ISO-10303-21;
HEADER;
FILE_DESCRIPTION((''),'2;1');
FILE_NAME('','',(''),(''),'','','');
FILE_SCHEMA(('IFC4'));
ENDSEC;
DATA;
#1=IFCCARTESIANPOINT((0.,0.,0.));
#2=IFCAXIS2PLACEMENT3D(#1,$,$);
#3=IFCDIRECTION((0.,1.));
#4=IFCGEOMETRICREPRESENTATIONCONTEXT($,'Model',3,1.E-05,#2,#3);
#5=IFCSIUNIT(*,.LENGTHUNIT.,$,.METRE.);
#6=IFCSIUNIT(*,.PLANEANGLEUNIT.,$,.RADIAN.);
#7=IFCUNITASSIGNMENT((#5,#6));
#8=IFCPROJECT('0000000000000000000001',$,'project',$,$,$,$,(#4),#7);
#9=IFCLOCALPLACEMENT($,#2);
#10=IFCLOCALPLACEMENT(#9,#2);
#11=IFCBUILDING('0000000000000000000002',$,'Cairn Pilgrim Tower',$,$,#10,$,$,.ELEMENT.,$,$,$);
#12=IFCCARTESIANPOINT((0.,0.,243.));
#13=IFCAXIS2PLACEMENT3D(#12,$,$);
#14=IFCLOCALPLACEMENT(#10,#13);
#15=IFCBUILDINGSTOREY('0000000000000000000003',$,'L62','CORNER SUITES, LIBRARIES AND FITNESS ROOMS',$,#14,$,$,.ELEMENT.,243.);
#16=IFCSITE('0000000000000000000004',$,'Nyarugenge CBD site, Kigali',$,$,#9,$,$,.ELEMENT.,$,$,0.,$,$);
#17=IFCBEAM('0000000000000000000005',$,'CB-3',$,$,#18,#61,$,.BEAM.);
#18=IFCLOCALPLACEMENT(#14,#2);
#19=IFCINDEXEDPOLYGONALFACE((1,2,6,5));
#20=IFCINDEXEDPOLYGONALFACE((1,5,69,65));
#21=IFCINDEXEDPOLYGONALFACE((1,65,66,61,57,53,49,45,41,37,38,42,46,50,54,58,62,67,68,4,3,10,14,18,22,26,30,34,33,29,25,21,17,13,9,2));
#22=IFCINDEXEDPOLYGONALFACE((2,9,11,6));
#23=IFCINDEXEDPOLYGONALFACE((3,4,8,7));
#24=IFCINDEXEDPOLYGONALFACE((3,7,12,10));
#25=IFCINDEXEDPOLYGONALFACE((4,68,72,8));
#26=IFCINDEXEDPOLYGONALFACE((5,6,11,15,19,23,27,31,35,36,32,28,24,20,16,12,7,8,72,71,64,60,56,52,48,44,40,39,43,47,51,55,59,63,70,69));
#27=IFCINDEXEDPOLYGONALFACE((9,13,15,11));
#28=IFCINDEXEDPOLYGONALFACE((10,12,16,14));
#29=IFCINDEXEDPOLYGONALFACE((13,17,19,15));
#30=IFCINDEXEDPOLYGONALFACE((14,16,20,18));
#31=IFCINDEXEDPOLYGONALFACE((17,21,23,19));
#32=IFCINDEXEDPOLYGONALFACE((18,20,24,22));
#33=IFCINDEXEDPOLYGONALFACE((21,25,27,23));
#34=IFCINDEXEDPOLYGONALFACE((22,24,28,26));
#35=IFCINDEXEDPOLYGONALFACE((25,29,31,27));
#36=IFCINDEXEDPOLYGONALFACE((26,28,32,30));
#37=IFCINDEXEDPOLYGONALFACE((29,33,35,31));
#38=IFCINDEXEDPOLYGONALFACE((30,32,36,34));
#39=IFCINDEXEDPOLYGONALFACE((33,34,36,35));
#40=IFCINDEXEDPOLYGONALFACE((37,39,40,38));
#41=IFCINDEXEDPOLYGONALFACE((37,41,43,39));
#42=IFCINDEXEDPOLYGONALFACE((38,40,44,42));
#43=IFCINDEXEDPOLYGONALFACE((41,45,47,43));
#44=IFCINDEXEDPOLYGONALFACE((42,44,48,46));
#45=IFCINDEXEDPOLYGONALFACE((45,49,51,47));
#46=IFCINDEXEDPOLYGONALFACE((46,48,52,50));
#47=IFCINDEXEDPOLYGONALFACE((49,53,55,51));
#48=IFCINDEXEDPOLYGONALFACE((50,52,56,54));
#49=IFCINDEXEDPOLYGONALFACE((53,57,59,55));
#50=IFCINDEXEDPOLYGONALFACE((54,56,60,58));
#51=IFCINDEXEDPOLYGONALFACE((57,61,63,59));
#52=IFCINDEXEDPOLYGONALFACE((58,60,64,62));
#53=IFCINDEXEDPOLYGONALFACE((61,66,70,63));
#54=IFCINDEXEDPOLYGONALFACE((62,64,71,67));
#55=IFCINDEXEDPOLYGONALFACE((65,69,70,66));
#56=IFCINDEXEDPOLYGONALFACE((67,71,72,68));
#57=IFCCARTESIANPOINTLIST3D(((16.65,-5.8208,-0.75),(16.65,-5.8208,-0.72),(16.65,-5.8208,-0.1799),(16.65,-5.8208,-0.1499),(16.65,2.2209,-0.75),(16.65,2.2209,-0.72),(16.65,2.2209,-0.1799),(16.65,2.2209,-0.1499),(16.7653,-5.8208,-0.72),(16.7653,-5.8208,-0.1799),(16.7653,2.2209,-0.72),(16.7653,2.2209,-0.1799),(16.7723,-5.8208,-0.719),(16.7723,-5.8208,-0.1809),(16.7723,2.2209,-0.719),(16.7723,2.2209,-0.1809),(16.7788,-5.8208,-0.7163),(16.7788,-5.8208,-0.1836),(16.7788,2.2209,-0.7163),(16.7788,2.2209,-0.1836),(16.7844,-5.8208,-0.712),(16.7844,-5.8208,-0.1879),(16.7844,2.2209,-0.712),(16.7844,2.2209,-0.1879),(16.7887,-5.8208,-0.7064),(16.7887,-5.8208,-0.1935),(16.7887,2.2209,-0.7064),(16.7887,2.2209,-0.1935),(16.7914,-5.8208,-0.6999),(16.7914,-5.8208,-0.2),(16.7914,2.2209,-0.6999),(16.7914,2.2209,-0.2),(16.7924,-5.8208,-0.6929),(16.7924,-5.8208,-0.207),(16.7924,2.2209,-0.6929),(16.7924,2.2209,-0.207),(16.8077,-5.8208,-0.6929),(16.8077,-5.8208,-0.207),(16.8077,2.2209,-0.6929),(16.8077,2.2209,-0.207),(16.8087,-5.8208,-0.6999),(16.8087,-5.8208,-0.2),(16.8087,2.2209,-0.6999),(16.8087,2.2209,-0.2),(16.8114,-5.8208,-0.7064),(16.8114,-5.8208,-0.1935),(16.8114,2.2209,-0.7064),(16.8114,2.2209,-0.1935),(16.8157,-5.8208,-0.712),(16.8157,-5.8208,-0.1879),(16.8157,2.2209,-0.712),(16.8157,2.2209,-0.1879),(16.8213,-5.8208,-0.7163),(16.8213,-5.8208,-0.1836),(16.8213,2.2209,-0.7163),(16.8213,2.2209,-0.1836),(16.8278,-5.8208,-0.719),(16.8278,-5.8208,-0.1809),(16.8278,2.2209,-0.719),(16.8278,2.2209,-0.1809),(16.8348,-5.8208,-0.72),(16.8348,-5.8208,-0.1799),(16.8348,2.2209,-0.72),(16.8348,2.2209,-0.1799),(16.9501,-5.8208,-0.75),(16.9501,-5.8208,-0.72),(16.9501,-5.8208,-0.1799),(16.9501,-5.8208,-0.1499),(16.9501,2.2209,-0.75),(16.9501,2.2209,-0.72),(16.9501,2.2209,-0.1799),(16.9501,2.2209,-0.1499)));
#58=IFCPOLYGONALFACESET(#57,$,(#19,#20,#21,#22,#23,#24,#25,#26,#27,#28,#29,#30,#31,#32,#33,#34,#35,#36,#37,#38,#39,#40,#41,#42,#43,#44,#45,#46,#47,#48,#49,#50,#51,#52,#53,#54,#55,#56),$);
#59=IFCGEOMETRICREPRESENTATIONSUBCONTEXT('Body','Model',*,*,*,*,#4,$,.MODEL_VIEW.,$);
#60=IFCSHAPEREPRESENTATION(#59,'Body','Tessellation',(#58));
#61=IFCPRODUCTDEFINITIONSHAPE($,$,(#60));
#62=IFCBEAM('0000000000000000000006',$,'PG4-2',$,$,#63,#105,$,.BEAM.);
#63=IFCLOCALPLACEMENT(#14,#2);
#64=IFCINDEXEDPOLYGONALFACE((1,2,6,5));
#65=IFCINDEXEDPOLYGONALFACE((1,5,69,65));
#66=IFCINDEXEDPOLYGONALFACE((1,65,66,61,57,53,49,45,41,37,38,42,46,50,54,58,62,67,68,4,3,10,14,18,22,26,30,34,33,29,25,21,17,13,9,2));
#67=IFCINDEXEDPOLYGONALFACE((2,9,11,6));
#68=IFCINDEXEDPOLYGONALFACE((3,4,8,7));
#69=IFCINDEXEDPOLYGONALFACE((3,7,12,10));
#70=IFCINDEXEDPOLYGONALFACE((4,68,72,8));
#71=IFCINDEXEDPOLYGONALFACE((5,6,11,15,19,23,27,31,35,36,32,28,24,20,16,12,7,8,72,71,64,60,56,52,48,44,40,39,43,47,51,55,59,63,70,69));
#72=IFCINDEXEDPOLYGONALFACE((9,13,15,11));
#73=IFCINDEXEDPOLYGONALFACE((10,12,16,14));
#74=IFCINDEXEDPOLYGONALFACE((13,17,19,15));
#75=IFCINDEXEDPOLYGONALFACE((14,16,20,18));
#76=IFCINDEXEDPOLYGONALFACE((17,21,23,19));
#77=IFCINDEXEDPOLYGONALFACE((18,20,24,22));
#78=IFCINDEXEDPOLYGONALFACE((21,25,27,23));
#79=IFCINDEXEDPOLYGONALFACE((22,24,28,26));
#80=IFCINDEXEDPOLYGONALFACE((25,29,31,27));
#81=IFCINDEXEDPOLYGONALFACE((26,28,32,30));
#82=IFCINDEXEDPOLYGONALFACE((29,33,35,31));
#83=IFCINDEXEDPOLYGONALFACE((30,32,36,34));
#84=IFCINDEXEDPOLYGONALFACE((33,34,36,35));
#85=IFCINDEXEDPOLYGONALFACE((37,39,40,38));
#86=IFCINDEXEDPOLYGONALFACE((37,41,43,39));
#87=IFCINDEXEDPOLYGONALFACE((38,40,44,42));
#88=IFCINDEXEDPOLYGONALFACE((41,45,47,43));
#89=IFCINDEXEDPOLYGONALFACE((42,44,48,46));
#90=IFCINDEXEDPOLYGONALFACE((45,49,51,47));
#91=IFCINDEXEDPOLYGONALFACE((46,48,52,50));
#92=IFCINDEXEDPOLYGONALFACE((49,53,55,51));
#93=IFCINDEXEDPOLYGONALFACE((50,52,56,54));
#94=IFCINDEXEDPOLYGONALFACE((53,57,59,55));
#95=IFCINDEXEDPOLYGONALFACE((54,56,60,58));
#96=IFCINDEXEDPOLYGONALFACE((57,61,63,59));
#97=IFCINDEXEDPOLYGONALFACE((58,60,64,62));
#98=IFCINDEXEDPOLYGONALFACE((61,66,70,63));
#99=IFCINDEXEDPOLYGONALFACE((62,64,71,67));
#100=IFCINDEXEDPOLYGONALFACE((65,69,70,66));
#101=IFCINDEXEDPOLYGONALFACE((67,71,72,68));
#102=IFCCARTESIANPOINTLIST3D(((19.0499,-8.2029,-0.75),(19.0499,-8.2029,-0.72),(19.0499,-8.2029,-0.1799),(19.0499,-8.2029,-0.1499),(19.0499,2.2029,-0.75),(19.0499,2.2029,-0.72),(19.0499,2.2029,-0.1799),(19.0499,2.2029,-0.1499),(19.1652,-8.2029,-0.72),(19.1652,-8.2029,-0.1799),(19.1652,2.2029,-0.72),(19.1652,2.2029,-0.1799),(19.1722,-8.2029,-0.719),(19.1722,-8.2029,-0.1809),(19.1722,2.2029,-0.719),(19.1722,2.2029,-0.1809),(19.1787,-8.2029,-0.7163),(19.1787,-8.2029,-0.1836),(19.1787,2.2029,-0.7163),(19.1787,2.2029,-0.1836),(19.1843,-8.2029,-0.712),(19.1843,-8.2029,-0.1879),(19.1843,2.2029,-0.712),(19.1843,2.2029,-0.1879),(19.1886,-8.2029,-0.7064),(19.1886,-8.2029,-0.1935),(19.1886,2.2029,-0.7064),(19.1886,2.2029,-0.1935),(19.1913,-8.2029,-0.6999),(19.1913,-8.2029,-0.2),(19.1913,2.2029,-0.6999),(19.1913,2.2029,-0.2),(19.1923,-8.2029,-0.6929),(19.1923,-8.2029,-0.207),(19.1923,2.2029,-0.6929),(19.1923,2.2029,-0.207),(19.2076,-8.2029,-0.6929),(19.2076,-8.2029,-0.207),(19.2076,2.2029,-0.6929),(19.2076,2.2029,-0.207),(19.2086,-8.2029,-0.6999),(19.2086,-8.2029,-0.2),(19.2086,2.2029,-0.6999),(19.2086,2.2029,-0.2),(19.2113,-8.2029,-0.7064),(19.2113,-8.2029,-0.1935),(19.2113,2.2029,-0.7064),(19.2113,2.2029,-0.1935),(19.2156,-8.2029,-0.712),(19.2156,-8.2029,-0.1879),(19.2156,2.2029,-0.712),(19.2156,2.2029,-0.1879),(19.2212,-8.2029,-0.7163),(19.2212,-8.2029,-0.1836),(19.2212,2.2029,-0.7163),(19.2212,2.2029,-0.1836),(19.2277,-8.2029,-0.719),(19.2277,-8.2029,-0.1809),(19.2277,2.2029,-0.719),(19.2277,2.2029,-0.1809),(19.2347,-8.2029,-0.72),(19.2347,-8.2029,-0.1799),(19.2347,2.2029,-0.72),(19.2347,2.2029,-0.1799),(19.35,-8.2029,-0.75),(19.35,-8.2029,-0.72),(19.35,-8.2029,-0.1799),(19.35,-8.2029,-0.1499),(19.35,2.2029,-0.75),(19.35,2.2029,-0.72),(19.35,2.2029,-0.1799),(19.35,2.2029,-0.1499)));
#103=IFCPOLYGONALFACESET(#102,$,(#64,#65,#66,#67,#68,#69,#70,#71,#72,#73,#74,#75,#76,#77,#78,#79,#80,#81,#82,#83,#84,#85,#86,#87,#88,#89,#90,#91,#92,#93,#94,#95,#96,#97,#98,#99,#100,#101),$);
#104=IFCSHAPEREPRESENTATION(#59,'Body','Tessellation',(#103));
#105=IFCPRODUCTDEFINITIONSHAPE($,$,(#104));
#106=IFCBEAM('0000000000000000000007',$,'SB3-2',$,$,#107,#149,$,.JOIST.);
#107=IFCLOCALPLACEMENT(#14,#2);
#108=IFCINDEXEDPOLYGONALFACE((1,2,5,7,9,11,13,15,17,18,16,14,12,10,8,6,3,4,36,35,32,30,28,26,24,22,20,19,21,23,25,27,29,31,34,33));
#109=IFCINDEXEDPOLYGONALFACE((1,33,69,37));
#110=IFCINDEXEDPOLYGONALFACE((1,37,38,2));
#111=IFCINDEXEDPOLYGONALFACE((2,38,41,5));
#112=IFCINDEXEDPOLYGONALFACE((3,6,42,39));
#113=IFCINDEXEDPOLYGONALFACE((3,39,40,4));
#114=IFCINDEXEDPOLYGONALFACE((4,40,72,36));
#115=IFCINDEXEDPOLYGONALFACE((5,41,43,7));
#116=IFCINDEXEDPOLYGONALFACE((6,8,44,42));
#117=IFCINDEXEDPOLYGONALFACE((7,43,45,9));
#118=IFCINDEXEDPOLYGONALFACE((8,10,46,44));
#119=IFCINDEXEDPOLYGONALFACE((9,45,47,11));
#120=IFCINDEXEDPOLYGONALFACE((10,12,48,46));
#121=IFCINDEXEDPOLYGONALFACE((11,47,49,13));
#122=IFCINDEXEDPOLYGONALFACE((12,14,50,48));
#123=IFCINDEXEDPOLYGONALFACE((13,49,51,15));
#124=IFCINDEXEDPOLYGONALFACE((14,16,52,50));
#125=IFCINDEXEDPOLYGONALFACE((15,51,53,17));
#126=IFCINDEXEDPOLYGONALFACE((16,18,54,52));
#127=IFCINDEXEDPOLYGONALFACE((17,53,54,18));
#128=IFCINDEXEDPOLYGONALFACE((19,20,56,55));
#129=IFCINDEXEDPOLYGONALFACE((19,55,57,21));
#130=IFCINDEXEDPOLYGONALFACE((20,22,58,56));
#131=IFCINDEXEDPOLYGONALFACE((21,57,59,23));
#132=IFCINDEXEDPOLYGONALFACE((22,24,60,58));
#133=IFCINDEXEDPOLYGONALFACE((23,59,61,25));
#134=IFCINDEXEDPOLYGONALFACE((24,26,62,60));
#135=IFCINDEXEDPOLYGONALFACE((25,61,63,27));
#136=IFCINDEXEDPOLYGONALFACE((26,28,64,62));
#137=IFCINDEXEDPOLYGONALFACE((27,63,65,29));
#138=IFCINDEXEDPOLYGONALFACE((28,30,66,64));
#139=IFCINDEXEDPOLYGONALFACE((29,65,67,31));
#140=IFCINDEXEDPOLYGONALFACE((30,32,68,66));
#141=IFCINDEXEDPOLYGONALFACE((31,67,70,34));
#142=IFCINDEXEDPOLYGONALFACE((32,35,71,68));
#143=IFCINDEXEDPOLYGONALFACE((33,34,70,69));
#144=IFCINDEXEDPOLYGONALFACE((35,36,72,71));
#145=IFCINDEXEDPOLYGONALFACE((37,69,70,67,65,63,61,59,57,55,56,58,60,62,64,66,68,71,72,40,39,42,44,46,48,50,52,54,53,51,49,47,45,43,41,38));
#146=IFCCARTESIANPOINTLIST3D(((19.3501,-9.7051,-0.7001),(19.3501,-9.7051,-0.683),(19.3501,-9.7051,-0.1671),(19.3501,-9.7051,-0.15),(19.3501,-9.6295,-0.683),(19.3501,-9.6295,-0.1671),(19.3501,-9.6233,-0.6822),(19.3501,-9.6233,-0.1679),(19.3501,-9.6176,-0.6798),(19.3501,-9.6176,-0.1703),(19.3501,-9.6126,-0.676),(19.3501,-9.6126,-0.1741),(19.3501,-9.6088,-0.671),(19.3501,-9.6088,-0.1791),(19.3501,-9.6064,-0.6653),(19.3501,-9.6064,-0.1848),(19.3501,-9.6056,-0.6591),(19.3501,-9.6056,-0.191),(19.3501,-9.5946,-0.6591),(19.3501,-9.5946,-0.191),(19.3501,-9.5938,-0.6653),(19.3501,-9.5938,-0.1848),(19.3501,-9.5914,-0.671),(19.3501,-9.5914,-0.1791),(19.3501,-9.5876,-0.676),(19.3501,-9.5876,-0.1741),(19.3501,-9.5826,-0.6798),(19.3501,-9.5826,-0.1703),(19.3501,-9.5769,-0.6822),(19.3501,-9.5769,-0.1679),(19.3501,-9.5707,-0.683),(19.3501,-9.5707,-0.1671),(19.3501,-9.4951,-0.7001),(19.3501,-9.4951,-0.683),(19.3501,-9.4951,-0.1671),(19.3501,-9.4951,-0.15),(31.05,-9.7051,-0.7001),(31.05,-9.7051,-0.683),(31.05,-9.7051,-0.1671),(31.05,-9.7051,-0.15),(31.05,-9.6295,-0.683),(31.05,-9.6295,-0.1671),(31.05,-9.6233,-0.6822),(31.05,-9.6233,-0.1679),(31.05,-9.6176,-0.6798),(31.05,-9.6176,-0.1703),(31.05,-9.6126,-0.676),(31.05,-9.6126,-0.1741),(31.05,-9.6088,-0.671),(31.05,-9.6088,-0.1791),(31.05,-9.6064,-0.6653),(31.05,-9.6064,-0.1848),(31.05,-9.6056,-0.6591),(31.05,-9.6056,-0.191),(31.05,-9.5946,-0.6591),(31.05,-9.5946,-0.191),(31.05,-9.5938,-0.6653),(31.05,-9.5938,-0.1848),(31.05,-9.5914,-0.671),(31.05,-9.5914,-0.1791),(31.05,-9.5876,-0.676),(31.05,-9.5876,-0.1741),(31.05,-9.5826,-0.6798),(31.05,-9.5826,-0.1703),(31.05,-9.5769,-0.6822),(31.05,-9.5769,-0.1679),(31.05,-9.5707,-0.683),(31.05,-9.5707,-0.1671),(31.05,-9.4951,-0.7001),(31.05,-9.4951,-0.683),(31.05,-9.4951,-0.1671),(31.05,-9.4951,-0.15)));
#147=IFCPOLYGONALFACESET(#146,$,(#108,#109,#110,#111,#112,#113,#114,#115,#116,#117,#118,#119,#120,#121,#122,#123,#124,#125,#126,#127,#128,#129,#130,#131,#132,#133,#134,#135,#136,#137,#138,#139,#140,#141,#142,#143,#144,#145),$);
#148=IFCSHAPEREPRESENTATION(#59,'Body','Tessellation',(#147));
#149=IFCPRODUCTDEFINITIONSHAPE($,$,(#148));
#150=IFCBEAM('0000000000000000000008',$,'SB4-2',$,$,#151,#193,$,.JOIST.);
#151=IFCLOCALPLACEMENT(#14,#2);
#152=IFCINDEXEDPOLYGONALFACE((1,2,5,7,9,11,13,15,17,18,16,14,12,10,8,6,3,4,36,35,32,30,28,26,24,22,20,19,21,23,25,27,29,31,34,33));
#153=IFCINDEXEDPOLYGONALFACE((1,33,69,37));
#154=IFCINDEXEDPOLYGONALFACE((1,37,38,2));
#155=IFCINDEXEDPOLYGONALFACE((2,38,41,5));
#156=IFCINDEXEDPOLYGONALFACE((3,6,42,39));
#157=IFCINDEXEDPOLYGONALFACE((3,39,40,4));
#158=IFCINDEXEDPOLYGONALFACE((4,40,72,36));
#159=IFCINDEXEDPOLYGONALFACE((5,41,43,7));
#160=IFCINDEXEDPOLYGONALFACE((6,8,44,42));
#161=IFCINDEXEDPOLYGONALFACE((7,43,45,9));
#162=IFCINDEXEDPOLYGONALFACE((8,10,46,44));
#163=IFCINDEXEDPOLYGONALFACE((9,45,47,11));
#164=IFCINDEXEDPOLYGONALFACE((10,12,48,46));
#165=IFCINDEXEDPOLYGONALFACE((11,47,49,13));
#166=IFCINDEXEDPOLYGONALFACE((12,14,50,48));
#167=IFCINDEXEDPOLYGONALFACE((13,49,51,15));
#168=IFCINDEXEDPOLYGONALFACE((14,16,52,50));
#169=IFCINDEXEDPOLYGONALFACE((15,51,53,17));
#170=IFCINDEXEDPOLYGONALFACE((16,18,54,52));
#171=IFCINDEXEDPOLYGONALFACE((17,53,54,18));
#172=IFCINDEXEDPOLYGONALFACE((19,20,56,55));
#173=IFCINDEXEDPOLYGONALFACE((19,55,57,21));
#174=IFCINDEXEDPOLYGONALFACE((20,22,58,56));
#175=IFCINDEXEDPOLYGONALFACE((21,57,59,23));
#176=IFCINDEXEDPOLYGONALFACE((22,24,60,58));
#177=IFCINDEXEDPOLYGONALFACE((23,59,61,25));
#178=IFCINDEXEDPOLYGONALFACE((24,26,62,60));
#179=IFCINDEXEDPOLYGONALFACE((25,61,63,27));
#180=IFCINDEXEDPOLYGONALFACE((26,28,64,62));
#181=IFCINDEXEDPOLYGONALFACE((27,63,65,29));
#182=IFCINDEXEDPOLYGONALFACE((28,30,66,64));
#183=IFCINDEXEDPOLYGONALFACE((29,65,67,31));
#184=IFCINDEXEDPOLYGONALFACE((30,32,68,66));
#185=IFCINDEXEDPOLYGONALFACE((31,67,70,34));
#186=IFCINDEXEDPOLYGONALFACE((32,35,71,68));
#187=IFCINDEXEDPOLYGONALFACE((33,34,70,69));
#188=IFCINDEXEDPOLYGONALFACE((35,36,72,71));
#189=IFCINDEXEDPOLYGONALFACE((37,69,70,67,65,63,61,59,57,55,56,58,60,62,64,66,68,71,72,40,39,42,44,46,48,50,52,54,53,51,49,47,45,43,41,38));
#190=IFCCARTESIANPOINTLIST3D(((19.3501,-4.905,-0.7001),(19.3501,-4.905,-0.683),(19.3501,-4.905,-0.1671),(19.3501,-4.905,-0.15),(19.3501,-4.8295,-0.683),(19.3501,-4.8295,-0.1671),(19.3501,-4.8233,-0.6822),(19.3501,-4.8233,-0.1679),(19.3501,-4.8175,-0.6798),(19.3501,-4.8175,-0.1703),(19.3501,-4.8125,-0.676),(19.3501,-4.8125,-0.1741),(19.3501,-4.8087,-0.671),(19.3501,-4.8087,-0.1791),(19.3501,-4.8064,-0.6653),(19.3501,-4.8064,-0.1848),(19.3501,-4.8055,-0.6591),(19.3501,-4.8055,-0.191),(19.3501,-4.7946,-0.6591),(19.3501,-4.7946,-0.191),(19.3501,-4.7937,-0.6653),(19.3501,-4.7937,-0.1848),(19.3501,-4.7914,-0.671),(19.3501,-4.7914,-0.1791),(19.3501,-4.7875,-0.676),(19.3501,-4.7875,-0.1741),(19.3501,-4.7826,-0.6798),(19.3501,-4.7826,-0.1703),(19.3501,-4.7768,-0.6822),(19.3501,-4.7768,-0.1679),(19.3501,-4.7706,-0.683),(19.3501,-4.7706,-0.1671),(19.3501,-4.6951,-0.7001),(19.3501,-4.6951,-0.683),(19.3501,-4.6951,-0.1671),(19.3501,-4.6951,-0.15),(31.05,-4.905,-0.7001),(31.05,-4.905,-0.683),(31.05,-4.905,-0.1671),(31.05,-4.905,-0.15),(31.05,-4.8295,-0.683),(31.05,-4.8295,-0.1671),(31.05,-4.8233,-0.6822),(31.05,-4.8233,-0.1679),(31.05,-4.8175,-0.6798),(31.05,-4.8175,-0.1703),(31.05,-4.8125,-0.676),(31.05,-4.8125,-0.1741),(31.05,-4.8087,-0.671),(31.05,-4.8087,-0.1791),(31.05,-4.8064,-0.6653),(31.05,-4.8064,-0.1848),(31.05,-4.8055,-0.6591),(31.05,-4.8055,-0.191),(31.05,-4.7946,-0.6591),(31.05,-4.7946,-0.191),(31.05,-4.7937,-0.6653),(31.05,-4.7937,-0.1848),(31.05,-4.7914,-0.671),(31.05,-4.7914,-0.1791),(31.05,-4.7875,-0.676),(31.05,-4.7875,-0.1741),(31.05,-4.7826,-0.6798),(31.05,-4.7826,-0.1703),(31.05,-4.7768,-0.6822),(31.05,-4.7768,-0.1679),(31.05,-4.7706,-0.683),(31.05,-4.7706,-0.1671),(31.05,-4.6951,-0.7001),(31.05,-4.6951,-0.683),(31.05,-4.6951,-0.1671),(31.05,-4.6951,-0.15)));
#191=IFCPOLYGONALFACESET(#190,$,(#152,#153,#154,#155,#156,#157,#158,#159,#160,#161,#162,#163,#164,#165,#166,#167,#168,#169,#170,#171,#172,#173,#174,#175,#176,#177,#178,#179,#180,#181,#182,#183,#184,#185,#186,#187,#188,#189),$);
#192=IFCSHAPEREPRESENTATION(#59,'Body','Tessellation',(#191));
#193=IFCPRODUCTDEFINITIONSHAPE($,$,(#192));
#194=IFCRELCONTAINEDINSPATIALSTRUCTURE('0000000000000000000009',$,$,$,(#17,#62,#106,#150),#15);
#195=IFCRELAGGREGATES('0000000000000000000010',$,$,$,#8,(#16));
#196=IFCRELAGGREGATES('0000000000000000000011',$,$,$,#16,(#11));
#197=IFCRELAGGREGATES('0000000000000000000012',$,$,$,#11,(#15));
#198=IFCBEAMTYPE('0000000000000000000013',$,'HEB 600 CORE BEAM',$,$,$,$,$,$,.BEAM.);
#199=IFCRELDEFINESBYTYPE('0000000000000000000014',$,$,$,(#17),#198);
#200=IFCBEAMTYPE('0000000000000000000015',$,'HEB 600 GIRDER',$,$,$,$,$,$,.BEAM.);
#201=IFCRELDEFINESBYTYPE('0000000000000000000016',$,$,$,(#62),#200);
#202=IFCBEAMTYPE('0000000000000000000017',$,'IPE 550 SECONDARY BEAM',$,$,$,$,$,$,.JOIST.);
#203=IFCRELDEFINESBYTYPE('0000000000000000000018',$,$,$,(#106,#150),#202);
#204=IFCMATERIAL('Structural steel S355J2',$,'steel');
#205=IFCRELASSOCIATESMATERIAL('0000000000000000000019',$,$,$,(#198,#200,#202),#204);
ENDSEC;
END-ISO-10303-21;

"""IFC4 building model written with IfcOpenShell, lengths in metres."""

from ifc_helpers import new_model, si_unit, direction, frame, origin, origin_2d, place, context, subcontext, project, spatial, i_section, extrude, material, material_profile, profile_set, type_object, element, save


model = new_model("IFC4")

# Units and contexts
model_context = context("Model", 3, precision=1e-05, world=origin(), true_north=direction((0.0, 1.0)))
body_context = subcontext(model_context, "Body", "Model", "MODEL_VIEW")
ifc_project = project(units=[si_unit("LENGTHUNIT", "METRE"), si_unit("PLANEANGLEUNIT", "RADIAN")], contexts=[model_context])

# Site, building, storey
site_placement = place(None, origin())
site = spatial("IfcSite", under=ifc_project, at=site_placement, Name="Nyarugenge CBD site, Kigali", CompositionType="ELEMENT", RefElevation=0.0)
building_placement = place(site_placement, origin())
building = spatial("IfcBuilding", under=site, at=building_placement, Name="Cairn Pilgrim Tower", CompositionType="ELEMENT")
storey_placement = place(building_placement, frame((0.0, 0.0, 243.0)))
storey = spatial("IfcBuildingStorey", under=building, at=storey_placement, Name="L62", Description="CORNER SUITES, LIBRARIES AND FITNESS ROOMS", CompositionType="ELEMENT", Elevation=243.0)

# Shared definitions
ifc_material_1 = material(Name="Structural steel S355J2", Category="steel")

# Beams
ifc_material_profile_1 = material_profile(ifc_material_1, i_section(OverallWidth=0.3, OverallDepth=0.6001, WebThickness=0.0154, FlangeThickness=0.03, FilletRadius=0.0271, at=origin_2d()), Name="HEB 600")
ifc_profile_set_1 = profile_set([ifc_material_profile_1], Name="Structural steel S355J2")
beam_type_1 = type_object("IfcBeamType", Name="HEB 600 CORE BEAM", PredefinedType="BEAM", material=ifc_profile_set_1)
beam_1_placement = place(storey_placement, frame((16.8, -5.8208, -0.45), z_axis=(0.0, 1.0, 0.0), x_axis=(-1.0, 0.0, 0.0)))
element("IfcBeam", 1, at=beam_1_placement, inside=storey, type_object=beam_type_1, Name="CB-3", PredefinedType="BEAM", context=body_context, shape_type="SweptSolid", body=[
    extrude(i_section(OverallWidth=0.3, OverallDepth=0.6001, WebThickness=0.0154, FlangeThickness=0.03, FilletRadius=0.0271, at=origin_2d()), origin(), (0.0, 0.0, 1.0), 8.0417),
])
ifc_material_profile_2 = material_profile(ifc_material_1, i_section(OverallWidth=0.3, OverallDepth=0.6001, WebThickness=0.0154, FlangeThickness=0.03, FilletRadius=0.0271, at=origin_2d()), Name="HEB 600")
ifc_profile_set_2 = profile_set([ifc_material_profile_2], Name="Structural steel S355J2")
beam_type_2 = type_object("IfcBeamType", Name="HEB 600 GIRDER", PredefinedType="BEAM", material=ifc_profile_set_2)
beam_2_placement = place(storey_placement, frame((19.2, -8.2029, -0.45), z_axis=(0.0, 1.0, 0.0), x_axis=(-1.0, 0.0, 0.0)))
element("IfcBeam", 2, at=beam_2_placement, inside=storey, type_object=beam_type_2, Name="PG4-2", PredefinedType="BEAM", context=body_context, shape_type="SweptSolid", body=[
    extrude(i_section(OverallWidth=0.3, OverallDepth=0.6001, WebThickness=0.0154, FlangeThickness=0.03, FilletRadius=0.0271, at=origin_2d()), origin(), (0.0, 0.0, 1.0), 10.4058),
])
ifc_material_profile_3 = material_profile(ifc_material_1, i_section(OverallWidth=0.21, OverallDepth=0.55, WebThickness=0.011, FlangeThickness=0.0171, FilletRadius=0.0239, at=origin_2d()), Name="IPE 550")
ifc_profile_set_3 = profile_set([ifc_material_profile_3], Name="Structural steel S355J2")
beam_type_3 = type_object("IfcBeamType", Name="IPE 550 SECONDARY BEAM", PredefinedType="JOIST", material=ifc_profile_set_3)
for number, where, z_axis, x_axis, name in (
    (3, (19.3501, -9.6001, -0.425), (1.0, 0.0, 0.0), (0.0, 1.0, 0.0), "SB3-2"),
    (4, (19.3501, -4.8, -0.425), (1.0, 0.0, 0.0), (0.0, 1.0, 0.0), "SB4-2"),
):
    element("IfcBeam", number, at=place(storey_placement, frame(where, z_axis=z_axis, x_axis=x_axis)), inside=storey, type_object=beam_type_3, Name=name, PredefinedType="JOIST", context=body_context, shape_type="SweptSolid", body=[
        extrude(i_section(OverallWidth=0.21, OverallDepth=0.55, WebThickness=0.011, FlangeThickness=0.0171, FilletRadius=0.0239, at=origin_2d()), origin(), (0.0, 0.0, 1.0), 11.7),
    ])

save(model, "model.ifc")
